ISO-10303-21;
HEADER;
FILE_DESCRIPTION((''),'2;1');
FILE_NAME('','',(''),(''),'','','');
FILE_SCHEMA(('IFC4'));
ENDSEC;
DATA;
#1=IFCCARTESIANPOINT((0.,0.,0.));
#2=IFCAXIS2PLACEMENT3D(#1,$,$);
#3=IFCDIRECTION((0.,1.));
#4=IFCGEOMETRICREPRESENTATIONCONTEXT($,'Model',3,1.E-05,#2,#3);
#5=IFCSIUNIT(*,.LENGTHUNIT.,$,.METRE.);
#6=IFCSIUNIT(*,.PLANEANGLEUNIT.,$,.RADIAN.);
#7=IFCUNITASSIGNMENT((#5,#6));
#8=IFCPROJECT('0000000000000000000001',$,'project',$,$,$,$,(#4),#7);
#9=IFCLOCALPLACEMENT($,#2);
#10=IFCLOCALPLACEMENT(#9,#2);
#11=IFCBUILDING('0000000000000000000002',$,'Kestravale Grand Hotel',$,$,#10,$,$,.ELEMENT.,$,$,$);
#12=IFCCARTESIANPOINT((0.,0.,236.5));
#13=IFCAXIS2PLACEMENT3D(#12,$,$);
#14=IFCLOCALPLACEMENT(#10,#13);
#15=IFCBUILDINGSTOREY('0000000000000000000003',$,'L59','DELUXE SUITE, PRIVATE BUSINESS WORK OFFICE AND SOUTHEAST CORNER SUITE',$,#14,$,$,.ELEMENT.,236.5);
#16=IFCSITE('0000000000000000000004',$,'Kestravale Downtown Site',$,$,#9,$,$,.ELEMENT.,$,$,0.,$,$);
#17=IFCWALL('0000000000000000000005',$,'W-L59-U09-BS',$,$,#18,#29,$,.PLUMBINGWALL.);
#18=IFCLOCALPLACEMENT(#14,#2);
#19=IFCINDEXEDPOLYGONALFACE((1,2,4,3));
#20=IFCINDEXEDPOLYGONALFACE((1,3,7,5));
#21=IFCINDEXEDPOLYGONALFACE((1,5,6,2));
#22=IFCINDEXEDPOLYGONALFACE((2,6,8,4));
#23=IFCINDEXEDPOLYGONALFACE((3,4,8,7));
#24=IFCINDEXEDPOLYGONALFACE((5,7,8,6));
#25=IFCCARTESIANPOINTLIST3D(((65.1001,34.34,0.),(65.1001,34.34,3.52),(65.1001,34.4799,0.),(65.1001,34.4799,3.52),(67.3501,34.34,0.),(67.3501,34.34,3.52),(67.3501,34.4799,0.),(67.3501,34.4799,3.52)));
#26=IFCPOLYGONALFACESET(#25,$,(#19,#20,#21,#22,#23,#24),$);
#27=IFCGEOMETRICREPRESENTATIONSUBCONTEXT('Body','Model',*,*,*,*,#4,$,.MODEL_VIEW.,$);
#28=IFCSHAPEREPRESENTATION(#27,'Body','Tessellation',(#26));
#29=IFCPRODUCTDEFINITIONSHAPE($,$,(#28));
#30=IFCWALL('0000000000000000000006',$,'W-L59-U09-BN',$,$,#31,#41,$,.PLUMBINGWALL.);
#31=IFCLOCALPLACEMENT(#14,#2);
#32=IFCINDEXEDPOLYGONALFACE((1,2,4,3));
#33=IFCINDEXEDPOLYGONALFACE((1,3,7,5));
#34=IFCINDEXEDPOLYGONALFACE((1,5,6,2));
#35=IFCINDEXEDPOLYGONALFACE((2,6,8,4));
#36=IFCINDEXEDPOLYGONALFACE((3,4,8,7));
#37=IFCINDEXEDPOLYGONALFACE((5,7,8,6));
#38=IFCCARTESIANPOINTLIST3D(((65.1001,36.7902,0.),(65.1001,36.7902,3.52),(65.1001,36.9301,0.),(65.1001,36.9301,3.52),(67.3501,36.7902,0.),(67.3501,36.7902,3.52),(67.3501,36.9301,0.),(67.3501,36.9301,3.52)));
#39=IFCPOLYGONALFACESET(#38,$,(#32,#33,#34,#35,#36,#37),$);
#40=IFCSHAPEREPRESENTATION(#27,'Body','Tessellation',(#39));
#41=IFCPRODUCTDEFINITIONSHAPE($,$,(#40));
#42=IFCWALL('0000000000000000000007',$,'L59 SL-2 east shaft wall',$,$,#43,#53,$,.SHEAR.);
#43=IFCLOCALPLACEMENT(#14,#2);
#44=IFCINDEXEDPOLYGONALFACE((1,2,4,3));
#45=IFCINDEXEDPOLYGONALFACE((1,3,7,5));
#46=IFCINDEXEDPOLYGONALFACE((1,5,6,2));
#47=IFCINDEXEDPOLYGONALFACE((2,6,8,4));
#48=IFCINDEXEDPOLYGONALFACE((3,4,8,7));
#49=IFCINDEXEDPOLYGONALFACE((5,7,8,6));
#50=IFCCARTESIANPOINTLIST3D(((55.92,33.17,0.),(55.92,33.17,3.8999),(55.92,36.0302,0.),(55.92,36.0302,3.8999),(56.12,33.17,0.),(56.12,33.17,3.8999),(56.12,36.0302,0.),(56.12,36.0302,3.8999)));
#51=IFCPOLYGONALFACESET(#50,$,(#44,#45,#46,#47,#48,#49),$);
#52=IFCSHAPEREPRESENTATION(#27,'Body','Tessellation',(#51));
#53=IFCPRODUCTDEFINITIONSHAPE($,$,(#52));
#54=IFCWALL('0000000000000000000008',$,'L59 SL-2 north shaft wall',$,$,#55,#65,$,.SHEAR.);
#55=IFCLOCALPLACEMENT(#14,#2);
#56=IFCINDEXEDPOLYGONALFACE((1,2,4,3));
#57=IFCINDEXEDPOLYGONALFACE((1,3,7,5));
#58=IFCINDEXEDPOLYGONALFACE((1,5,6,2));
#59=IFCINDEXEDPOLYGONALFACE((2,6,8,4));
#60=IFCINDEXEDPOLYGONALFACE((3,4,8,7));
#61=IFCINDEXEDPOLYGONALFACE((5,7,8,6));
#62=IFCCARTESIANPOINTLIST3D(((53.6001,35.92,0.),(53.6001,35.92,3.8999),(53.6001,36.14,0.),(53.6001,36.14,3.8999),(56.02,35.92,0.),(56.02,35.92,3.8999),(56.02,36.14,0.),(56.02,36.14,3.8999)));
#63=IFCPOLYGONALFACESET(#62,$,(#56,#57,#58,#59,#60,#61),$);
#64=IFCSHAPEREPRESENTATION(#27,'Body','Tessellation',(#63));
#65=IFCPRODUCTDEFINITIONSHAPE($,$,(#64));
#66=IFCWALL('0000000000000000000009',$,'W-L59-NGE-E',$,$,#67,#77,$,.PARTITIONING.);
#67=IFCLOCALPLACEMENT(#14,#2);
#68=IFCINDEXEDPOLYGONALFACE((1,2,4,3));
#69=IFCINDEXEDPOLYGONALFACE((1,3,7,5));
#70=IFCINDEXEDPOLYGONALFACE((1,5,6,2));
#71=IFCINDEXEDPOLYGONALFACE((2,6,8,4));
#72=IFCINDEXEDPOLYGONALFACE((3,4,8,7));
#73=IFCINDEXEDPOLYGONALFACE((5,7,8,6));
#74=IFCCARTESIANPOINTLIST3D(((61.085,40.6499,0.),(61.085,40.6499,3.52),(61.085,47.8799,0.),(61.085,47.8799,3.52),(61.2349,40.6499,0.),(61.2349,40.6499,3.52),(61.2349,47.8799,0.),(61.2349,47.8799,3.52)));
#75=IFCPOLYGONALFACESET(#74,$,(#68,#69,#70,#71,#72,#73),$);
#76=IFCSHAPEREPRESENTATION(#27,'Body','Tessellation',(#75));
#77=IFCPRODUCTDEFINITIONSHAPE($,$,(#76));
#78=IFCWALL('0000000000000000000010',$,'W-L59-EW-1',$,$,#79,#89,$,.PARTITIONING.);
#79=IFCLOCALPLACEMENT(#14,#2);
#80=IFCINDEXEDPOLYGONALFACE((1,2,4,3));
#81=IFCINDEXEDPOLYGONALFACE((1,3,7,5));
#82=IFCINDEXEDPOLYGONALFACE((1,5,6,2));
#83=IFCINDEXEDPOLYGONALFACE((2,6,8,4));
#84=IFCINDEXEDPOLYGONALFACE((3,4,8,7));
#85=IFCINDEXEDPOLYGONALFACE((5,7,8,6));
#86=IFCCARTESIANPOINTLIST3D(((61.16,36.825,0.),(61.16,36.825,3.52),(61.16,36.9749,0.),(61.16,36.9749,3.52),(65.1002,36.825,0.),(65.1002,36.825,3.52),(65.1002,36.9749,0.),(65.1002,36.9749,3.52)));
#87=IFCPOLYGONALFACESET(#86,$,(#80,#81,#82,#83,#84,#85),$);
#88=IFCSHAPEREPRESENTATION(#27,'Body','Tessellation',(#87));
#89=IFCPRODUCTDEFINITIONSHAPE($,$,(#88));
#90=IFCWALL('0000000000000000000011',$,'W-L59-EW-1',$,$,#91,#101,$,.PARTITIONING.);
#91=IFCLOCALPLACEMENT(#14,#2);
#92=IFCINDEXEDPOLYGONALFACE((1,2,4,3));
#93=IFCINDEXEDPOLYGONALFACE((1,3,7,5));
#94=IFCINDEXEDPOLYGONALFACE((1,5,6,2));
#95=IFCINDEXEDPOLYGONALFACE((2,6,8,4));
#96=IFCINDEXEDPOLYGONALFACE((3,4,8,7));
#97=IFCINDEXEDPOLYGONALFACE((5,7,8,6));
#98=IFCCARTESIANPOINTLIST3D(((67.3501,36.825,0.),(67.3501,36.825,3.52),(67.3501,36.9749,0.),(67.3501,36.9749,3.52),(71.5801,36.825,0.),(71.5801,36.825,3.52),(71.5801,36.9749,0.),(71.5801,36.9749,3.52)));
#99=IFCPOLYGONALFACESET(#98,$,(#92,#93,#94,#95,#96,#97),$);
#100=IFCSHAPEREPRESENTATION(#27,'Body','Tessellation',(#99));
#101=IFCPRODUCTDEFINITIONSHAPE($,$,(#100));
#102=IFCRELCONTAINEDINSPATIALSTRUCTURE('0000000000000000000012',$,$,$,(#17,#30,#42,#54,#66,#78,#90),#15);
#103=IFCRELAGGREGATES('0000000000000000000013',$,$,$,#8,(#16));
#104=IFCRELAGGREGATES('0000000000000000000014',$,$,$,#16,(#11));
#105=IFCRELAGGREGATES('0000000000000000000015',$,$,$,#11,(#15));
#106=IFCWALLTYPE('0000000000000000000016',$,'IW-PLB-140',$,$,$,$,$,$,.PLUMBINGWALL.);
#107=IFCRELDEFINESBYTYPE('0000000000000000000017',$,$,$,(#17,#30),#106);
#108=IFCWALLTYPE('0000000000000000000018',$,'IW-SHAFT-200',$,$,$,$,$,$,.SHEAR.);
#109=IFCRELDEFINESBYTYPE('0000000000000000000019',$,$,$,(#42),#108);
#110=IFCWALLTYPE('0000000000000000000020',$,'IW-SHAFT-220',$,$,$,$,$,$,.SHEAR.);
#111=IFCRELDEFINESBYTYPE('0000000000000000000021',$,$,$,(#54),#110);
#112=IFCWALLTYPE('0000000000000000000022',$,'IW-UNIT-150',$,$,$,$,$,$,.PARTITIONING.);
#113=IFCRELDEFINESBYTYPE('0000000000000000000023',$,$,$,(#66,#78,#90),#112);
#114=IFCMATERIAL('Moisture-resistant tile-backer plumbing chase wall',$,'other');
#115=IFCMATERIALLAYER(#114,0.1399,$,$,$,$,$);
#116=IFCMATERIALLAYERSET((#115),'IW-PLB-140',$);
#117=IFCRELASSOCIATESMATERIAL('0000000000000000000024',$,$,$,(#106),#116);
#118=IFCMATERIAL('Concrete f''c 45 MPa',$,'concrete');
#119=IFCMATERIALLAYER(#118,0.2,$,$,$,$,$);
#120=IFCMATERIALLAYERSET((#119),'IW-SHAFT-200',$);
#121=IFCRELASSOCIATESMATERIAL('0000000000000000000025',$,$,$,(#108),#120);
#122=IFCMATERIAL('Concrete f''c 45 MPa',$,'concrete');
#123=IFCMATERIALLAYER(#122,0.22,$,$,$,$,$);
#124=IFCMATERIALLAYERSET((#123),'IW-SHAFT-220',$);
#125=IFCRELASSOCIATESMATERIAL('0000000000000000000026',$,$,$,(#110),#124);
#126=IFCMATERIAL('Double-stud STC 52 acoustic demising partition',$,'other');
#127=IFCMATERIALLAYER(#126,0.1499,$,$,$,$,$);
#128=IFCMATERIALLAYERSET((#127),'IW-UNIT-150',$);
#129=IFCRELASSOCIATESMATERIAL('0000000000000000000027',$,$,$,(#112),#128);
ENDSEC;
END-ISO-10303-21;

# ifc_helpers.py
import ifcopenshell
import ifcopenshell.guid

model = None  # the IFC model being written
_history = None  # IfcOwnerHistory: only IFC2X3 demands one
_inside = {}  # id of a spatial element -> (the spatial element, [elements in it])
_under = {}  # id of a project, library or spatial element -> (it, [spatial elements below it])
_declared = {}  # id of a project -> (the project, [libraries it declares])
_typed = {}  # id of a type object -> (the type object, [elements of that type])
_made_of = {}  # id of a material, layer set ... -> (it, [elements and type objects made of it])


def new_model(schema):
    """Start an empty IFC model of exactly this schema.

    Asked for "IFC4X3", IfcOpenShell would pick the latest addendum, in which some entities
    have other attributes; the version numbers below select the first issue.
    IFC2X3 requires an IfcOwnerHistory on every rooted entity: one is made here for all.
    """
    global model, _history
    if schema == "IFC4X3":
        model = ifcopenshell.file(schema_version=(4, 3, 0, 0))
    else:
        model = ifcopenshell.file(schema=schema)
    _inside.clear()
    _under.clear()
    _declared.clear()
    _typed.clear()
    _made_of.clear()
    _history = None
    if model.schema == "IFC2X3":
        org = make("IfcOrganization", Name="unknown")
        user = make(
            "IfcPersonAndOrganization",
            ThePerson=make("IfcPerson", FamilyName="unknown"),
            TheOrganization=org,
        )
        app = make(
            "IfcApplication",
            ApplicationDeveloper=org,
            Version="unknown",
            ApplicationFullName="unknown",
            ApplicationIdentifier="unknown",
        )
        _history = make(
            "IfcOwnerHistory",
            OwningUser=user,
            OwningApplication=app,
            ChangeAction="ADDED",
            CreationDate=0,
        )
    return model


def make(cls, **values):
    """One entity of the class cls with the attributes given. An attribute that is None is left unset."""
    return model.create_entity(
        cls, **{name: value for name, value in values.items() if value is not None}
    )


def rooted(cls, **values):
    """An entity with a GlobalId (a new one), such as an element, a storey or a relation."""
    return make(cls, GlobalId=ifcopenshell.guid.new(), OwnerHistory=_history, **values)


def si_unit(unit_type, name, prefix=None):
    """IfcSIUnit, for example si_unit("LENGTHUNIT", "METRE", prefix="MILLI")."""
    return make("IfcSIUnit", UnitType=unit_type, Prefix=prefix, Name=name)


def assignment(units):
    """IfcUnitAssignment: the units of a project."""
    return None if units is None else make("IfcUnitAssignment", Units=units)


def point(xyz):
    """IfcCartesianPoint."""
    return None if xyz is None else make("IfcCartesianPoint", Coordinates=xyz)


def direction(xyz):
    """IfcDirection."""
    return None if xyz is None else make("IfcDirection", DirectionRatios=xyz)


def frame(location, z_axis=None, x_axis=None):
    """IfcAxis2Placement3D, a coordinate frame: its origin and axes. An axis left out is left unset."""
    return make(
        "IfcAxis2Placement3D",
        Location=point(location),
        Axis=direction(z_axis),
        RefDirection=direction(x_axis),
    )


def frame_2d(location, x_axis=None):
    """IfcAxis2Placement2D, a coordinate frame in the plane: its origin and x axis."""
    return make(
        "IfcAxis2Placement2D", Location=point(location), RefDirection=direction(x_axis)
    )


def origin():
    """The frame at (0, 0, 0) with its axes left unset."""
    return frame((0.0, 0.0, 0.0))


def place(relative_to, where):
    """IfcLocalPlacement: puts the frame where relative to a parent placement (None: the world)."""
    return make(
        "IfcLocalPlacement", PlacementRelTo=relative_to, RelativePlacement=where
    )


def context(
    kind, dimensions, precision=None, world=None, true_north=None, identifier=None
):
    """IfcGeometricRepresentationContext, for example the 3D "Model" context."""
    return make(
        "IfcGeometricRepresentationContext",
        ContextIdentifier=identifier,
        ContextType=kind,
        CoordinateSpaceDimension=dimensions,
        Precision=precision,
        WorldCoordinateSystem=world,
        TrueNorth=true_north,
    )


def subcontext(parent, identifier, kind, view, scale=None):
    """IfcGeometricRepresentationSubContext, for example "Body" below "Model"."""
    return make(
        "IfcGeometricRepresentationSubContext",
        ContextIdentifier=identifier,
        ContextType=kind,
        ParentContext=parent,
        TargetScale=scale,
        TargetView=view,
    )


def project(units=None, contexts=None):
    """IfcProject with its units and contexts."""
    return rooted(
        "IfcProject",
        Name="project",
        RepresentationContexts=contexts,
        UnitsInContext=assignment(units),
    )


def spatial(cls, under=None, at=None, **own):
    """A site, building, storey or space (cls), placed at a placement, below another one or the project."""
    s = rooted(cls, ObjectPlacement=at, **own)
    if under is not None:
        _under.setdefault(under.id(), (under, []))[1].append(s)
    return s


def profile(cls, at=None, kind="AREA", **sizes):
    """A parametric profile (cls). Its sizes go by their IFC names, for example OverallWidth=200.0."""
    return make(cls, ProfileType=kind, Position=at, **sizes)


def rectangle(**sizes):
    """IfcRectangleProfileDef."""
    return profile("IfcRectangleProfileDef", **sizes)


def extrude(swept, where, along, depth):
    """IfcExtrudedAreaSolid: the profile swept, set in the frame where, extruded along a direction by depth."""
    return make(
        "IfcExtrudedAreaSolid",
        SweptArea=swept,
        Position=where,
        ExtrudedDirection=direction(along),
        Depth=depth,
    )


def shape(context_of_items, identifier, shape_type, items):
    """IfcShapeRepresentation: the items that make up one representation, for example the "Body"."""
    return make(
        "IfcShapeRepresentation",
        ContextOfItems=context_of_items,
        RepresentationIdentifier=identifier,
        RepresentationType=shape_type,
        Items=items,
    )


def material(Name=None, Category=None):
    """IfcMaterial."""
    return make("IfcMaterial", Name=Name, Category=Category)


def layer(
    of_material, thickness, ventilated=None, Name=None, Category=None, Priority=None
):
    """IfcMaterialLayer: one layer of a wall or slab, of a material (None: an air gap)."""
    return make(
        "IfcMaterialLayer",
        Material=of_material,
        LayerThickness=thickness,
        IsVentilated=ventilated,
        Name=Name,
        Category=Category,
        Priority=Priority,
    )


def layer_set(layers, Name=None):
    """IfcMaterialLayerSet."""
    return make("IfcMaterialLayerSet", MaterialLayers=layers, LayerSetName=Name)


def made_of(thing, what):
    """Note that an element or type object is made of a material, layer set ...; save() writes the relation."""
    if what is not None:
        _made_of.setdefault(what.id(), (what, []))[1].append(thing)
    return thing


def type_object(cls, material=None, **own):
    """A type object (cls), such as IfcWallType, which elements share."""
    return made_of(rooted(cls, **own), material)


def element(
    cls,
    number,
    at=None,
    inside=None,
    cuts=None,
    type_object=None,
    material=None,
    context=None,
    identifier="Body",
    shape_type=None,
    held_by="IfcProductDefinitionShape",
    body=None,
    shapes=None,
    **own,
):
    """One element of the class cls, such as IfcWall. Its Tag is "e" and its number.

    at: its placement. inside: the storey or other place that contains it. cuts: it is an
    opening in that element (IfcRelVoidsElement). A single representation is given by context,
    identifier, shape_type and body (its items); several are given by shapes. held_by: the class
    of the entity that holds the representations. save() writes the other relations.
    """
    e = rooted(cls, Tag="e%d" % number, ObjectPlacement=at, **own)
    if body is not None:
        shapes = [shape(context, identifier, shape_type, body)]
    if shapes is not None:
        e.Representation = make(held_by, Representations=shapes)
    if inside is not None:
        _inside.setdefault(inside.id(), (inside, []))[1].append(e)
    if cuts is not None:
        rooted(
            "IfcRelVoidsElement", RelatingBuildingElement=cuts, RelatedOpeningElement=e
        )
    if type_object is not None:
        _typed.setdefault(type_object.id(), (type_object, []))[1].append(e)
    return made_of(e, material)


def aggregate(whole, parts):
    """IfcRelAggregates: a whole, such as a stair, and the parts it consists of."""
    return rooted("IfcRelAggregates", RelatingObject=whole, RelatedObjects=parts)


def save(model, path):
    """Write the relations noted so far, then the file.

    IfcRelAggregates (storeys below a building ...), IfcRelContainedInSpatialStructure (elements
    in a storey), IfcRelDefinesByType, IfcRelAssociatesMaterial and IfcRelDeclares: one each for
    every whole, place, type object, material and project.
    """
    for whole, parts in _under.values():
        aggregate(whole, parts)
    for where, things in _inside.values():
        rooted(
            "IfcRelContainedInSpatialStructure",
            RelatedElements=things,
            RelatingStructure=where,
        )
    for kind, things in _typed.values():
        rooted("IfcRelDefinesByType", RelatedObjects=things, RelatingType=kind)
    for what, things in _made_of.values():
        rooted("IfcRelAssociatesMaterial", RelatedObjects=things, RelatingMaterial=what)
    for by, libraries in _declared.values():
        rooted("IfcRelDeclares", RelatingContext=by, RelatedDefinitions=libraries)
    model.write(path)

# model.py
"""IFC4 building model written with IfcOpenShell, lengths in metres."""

from ifc_helpers import new_model, si_unit, direction, frame, frame_2d, origin, place, context, subcontext, project, spatial, rectangle, extrude, material, layer, layer_set, type_object, element, save


model = new_model("IFC4")

# Units and contexts
model_context = context("Model", 3, precision=1e-05, world=origin(), true_north=direction((0.0, 1.0)))
body_context = subcontext(model_context, "Body", "Model", "MODEL_VIEW")
ifc_project = project(units=[si_unit("LENGTHUNIT", "METRE"), si_unit("PLANEANGLEUNIT", "RADIAN")], contexts=[model_context])

# Site, building, storey
site_placement = place(None, origin())
site = spatial("IfcSite", under=ifc_project, at=site_placement, Name="Kestravale Downtown Site", CompositionType="ELEMENT", RefElevation=0.0)
building_placement = place(site_placement, origin())
building = spatial("IfcBuilding", under=site, at=building_placement, Name="Kestravale Grand Hotel", CompositionType="ELEMENT")
storey_placement = place(building_placement, frame((0.0, 0.0, 236.5)))
storey = spatial("IfcBuildingStorey", under=building, at=storey_placement, Name="L59", Description="DELUXE SUITE, PRIVATE BUSINESS WORK OFFICE AND SOUTHEAST CORNER SUITE", CompositionType="ELEMENT", Elevation=236.5)

# Shared definitions
ifc_material_1 = material(Name="Moisture-resistant tile-backer plumbing chase wall", Category="other")
ifc_layer_1 = layer(ifc_material_1, 0.1399)
ifc_layer_set_1 = layer_set([ifc_layer_1], Name="IW-PLB-140")
wall_type_1 = type_object("IfcWallType", Name="IW-PLB-140", PredefinedType="PLUMBINGWALL", material=ifc_layer_set_1)

# Walls
for number, where, z_axis, x_axis, name in (
    (1, (65.1001, 34.4099, 0.0), (0.0, 0.0, 1.0), (1.0, 0.0, 0.0), "W-L59-U09-BS"),
    (2, (65.1001, 36.8601, 0.0), (0.0, 0.0, 1.0), (1.0, 0.0, 0.0), "W-L59-U09-BN"),
):
    element("IfcWall", number, at=place(storey_placement, frame(where, z_axis=z_axis, x_axis=x_axis)), inside=storey, type_object=wall_type_1, Name=name, PredefinedType="PLUMBINGWALL", context=body_context, shape_type="SweptSolid", body=[
        extrude(rectangle(XDim=2.25, YDim=0.1399, at=frame_2d((1.125, 0.0))), origin(), (0.0, 0.0, 1.0), 3.52),
    ])
ifc_material_2 = material(Name="Concrete f'c 45 MPa", Category="concrete")
ifc_layer_2 = layer(ifc_material_2, 0.2)
ifc_layer_set_2 = layer_set([ifc_layer_2], Name="IW-SHAFT-200")
wall_type_2 = type_object("IfcWallType", Name="IW-SHAFT-200", PredefinedType="SHEAR", material=ifc_layer_set_2)
wall_1_placement = place(storey_placement, frame((56.02, 33.1699, 0.0), z_axis=(0.0, 0.0, 1.0), x_axis=(0.0, 1.0, 0.0)))
element("IfcWall", 3, at=wall_1_placement, inside=storey, type_object=wall_type_2, Name="L59 SL-2 east shaft wall", PredefinedType="SHEAR", context=body_context, shape_type="SweptSolid", body=[
    extrude(rectangle(XDim=2.8601, YDim=0.2, at=frame_2d((1.4302, 0.0))), origin(), (0.0, 0.0, 1.0), 3.8999),
])
ifc_material_3 = material(Name="Concrete f'c 45 MPa", Category="concrete")
ifc_layer_3 = layer(ifc_material_3, 0.22)
ifc_layer_set_3 = layer_set([ifc_layer_3], Name="IW-SHAFT-220")
wall_type_3 = type_object("IfcWallType", Name="IW-SHAFT-220", PredefinedType="SHEAR", material=ifc_layer_set_3)
wall_2_placement = place(storey_placement, frame((53.6001, 36.03, 0.0), z_axis=(0.0, 0.0, 1.0), x_axis=(1.0, 0.0, 0.0)))
element("IfcWall", 4, at=wall_2_placement, inside=storey, type_object=wall_type_3, Name="L59 SL-2 north shaft wall", PredefinedType="SHEAR", context=body_context, shape_type="SweptSolid", body=[
    extrude(rectangle(XDim=2.4199, YDim=0.22, at=frame_2d((1.21, 0.0))), origin(), (0.0, 0.0, 1.0), 3.8999),
])

# Shared definitions
ifc_material_4 = material(Name="Double-stud STC 52 acoustic demising partition", Category="other")
ifc_layer_4 = layer(ifc_material_4, 0.1499)
ifc_layer_set_4 = layer_set([ifc_layer_4], Name="IW-UNIT-150")
wall_type_4 = type_object("IfcWallType", Name="IW-UNIT-150", PredefinedType="PARTITIONING", material=ifc_layer_set_4)

# Walls
wall_3_placement = place(storey_placement, frame((61.1599, 40.6499, 0.0), z_axis=(0.0, 0.0, 1.0), x_axis=(0.0, 1.0, 0.0)))
element("IfcWall", 5, at=wall_3_placement, inside=storey, type_object=wall_type_4, Name="W-L59-NGE-E", PredefinedType="PARTITIONING", context=body_context, shape_type="SweptSolid", body=[
    extrude(rectangle(XDim=7.23, YDim=0.1499, at=frame_2d((3.615, 0.0))), origin(), (0.0, 0.0, 1.0), 3.52),
])
wall_4_placement = place(storey_placement, frame((61.1599, 36.8999, 0.0), z_axis=(0.0, 0.0, 1.0), x_axis=(1.0, 0.0, 0.0)))
element("IfcWall", 6, at=wall_4_placement, inside=storey, type_object=wall_type_4, Name="W-L59-EW-1", PredefinedType="PARTITIONING", context=body_context, shape_type="SweptSolid", body=[
    extrude(rectangle(XDim=3.9402, YDim=0.1499, at=frame_2d((1.9702, 0.0))), origin(), (0.0, 0.0, 1.0), 3.52),
])
wall_5_placement = place(storey_placement, frame((67.3501, 36.8999, 0.0), z_axis=(0.0, 0.0, 1.0), x_axis=(1.0, 0.0, 0.0)))
element("IfcWall", 7, at=wall_5_placement, inside=storey, type_object=wall_type_4, Name="W-L59-EW-1", PredefinedType="PARTITIONING", context=body_context, shape_type="SweptSolid", body=[
    extrude(rectangle(XDim=4.23, YDim=0.1499, at=frame_2d((2.115, 0.0))), origin(), (0.0, 0.0, 1.0), 3.52),
])

save(model, "model.ifc")
